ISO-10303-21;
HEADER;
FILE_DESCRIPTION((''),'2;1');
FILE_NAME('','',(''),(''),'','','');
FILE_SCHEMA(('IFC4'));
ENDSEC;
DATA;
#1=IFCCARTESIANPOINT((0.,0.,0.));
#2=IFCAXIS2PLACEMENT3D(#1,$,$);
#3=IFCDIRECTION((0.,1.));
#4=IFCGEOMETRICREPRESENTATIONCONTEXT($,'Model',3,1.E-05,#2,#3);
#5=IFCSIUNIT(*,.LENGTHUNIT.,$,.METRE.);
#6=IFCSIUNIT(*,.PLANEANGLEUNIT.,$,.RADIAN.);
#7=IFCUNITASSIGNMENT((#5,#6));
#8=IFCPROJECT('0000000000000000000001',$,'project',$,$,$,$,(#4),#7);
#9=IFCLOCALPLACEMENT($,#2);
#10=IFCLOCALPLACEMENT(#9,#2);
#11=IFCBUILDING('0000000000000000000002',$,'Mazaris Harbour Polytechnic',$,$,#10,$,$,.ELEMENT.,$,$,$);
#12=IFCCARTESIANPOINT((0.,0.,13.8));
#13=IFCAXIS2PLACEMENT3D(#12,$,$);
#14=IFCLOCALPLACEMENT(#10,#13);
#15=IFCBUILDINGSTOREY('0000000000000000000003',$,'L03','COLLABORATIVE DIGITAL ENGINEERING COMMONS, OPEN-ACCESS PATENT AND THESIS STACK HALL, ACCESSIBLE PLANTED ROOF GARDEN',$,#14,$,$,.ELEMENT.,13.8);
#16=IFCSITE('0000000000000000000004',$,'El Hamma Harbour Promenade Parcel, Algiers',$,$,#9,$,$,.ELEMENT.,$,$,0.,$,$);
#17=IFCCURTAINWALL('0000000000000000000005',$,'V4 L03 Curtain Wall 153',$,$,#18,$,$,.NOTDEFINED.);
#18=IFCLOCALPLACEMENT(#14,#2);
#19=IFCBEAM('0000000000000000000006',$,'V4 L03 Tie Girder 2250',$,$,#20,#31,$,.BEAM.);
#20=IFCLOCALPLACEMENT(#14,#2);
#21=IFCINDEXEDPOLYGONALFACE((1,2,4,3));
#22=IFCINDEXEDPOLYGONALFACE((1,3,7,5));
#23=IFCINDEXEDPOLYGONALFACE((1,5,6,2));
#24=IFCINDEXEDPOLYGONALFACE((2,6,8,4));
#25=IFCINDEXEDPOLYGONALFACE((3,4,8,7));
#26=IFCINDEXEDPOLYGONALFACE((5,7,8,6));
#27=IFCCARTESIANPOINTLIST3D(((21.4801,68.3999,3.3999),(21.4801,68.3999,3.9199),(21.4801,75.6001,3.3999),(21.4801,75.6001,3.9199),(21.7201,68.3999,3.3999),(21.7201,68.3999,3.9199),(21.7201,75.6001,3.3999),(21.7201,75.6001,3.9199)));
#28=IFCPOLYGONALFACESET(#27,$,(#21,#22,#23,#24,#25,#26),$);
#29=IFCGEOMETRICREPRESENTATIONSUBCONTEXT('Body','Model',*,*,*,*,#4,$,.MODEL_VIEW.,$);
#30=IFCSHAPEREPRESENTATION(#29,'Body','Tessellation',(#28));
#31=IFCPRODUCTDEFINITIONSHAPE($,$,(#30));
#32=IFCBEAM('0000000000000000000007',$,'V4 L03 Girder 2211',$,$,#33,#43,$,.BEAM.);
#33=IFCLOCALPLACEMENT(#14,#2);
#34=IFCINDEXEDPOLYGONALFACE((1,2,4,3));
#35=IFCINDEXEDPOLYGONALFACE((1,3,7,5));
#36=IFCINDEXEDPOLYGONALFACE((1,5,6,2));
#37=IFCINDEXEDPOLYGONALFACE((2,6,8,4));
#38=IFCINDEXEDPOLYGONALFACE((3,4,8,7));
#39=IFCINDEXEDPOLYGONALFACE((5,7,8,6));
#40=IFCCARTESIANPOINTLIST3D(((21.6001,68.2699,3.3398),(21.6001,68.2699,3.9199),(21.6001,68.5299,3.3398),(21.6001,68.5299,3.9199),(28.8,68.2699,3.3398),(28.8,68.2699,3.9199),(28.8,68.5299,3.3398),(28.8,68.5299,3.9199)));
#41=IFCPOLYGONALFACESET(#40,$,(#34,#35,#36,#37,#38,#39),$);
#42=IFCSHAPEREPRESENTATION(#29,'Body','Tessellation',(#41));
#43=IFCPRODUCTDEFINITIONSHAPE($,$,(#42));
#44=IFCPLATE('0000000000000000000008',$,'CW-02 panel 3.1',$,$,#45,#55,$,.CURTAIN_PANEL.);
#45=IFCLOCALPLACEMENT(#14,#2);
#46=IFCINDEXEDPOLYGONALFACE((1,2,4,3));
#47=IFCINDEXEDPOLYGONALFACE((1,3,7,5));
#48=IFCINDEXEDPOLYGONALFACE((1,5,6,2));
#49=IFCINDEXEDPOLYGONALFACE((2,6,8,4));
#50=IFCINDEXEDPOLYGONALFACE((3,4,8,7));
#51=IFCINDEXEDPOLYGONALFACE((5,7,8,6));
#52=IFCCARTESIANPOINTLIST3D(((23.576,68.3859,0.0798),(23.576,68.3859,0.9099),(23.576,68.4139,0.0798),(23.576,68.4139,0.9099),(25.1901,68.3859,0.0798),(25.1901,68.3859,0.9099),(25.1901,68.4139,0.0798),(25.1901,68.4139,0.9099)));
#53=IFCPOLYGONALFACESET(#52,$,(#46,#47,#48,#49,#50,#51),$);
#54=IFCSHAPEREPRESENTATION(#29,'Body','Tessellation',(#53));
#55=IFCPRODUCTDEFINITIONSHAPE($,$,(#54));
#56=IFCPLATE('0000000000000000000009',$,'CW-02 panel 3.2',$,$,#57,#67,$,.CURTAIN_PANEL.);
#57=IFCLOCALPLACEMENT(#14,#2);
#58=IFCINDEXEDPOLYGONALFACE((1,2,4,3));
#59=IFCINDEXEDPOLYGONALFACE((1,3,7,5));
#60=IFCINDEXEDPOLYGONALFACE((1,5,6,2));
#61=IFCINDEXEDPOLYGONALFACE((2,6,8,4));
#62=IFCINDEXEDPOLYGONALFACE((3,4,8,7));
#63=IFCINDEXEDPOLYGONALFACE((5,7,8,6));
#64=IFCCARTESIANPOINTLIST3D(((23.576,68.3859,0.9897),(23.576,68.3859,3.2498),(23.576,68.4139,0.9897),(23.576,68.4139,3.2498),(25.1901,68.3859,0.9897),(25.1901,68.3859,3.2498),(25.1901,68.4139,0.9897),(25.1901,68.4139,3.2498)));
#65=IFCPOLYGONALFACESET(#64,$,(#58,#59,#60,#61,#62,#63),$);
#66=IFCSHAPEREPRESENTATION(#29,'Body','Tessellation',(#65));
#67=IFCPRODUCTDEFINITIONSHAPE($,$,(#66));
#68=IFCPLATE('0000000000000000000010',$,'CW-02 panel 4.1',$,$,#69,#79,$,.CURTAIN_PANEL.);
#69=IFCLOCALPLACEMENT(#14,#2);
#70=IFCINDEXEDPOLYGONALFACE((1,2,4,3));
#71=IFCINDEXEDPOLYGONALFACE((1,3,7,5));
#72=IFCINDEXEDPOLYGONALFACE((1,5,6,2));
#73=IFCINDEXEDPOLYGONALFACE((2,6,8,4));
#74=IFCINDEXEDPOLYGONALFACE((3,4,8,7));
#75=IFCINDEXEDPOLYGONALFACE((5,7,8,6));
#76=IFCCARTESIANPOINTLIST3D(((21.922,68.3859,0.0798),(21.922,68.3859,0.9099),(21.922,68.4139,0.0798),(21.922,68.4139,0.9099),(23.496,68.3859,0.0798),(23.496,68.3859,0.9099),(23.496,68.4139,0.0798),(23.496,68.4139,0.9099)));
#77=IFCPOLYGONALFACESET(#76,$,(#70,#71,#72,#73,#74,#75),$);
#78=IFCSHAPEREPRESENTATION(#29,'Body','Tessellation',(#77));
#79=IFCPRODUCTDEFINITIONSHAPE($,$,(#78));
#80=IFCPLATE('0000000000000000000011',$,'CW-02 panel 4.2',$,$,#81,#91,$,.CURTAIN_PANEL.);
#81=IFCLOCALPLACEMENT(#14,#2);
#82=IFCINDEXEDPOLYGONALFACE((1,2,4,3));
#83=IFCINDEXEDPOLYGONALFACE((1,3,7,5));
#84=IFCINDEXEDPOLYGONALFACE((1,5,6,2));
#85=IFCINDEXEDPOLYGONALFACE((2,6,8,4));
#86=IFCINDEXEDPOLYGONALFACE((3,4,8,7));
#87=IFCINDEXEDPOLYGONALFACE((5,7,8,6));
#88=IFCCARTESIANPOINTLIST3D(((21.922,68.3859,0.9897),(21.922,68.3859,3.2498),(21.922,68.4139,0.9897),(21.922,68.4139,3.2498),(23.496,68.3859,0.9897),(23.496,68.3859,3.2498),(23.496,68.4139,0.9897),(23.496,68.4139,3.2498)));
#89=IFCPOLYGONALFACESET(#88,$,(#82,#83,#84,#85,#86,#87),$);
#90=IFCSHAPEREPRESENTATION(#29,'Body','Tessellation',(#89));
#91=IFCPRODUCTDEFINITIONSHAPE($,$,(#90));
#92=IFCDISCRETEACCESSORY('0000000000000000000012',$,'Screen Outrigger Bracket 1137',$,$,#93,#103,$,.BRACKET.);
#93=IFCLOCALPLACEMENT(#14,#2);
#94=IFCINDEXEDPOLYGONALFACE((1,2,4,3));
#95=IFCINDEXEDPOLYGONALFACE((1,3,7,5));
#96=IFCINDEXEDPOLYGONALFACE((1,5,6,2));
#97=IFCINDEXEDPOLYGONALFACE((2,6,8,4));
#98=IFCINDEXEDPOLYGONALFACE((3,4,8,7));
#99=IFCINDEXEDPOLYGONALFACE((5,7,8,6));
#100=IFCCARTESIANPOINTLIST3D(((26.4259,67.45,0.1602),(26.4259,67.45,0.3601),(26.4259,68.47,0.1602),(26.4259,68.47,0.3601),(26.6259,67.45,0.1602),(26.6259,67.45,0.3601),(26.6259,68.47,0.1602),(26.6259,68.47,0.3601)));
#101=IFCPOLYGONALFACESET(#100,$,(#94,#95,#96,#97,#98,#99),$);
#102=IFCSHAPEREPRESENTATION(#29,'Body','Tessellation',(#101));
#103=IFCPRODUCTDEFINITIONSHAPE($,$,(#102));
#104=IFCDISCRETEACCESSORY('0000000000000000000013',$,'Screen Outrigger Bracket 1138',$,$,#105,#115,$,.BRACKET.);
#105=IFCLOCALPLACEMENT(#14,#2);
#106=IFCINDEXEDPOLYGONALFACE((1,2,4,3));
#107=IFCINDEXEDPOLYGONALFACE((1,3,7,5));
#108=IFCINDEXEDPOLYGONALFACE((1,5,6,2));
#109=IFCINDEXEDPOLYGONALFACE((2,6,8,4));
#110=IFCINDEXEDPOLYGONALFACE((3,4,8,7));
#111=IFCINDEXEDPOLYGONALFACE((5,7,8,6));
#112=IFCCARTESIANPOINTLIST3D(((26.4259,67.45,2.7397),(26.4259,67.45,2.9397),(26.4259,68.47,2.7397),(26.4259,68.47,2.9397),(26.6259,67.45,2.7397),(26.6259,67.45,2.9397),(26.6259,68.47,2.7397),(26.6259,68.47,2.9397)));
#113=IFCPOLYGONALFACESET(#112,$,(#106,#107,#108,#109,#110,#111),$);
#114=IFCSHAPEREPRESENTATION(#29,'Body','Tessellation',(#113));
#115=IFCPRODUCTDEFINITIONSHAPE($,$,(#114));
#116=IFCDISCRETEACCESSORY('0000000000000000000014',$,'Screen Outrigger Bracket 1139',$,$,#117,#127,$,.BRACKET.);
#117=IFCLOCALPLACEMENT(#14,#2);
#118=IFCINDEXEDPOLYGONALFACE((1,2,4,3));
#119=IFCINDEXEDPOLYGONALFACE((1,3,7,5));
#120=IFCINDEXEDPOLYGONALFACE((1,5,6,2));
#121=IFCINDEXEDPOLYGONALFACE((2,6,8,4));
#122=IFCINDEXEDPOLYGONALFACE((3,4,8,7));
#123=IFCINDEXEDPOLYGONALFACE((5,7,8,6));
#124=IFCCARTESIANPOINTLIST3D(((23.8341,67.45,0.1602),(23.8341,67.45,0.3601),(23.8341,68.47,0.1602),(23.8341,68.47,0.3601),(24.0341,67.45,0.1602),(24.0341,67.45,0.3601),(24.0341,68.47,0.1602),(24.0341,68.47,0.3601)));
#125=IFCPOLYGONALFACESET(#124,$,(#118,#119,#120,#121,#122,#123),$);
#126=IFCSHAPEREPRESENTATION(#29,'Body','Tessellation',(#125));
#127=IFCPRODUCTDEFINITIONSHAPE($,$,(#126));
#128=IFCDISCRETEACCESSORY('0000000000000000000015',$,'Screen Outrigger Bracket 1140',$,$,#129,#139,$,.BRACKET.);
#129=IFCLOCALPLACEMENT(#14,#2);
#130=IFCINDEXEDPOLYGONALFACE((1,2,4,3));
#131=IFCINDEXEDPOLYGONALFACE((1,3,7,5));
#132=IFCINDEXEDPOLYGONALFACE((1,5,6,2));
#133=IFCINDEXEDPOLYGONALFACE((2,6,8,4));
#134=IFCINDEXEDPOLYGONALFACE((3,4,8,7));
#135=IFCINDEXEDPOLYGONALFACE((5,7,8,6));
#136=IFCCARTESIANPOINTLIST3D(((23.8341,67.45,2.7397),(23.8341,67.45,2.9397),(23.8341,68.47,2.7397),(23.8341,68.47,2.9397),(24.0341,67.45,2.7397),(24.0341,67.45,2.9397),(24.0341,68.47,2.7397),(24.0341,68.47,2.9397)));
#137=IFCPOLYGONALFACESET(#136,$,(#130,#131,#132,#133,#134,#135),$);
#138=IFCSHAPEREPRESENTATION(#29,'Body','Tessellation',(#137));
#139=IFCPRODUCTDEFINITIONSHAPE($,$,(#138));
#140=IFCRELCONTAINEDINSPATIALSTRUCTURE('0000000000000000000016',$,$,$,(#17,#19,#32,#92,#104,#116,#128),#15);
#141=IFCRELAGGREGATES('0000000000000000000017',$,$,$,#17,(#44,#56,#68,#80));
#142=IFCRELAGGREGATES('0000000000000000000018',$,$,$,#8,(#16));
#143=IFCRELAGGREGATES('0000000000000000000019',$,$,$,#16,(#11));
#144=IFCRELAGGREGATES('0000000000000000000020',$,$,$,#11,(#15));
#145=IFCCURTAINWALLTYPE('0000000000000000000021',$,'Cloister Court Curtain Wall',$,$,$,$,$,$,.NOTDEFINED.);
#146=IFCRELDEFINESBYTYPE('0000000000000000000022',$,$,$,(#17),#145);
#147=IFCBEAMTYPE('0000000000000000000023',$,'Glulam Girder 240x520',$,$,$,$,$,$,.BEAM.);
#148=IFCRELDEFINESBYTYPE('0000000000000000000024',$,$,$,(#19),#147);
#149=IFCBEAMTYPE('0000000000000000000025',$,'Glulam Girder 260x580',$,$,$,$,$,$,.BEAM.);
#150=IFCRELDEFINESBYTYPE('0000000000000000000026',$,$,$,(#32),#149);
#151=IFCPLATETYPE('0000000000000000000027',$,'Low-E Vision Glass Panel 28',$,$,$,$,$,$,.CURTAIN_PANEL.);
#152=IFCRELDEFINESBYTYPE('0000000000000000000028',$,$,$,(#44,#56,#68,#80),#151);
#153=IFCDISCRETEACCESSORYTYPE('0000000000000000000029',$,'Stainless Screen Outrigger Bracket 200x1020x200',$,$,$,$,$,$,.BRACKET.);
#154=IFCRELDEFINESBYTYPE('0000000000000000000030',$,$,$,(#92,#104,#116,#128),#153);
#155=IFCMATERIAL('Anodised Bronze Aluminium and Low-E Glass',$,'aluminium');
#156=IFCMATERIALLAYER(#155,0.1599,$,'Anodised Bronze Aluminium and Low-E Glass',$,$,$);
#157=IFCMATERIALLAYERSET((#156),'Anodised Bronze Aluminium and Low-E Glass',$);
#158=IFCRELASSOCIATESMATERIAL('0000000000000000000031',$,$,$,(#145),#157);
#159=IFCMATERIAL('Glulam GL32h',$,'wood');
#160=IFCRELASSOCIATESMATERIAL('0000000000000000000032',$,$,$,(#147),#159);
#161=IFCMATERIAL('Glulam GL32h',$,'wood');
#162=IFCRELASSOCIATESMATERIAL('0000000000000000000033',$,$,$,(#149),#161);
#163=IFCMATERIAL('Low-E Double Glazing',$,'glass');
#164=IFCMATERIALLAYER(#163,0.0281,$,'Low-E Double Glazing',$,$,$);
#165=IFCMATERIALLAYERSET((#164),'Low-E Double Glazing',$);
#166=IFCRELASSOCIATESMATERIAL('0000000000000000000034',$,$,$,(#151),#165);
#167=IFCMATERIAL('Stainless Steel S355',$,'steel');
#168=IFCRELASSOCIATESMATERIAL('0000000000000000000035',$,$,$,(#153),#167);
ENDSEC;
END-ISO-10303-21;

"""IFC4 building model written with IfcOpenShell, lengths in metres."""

from ifc_helpers import new_model, si_unit, direction, frame, origin, origin_2d, place, context, subcontext, project, spatial, rectangle, extrude, material, layer, layer_set, material_profile, profile_set, type_object, element, aggregate, save


model = new_model("IFC4")

# Units and contexts
model_context = context("Model", 3, precision=1e-05, world=origin(), true_north=direction((0.0, 1.0)))
body_context = subcontext(model_context, "Body", "Model", "MODEL_VIEW")
ifc_project = project(units=[si_unit("LENGTHUNIT", "METRE"), si_unit("PLANEANGLEUNIT", "RADIAN")], contexts=[model_context])

# Site, building, storey
site_placement = place(None, origin())
site = spatial("IfcSite", under=ifc_project, at=site_placement, Name="El Hamma Harbour Promenade Parcel, Algiers", CompositionType="ELEMENT", RefElevation=0.0)
building_placement = place(site_placement, origin())
building = spatial("IfcBuilding", under=site, at=building_placement, Name="Mazaris Harbour Polytechnic", CompositionType="ELEMENT")
storey_placement = place(building_placement, frame((0.0, 0.0, 13.8)))
storey = spatial("IfcBuildingStorey", under=building, at=storey_placement, Name="L03", Description="COLLABORATIVE DIGITAL ENGINEERING COMMONS, OPEN-ACCESS PATENT AND THESIS STACK HALL, ACCESSIBLE PLANTED ROOF GARDEN", CompositionType="ELEMENT", Elevation=13.8)

# Shared definitions
ifc_material_1 = material(Name="Anodised Bronze Aluminium and Low-E Glass", Category="aluminium")
ifc_layer_1 = layer(ifc_material_1, 0.1599, Name="Anodised Bronze Aluminium and Low-E Glass")
ifc_layer_set_1 = layer_set([ifc_layer_1], Name="Anodised Bronze Aluminium and Low-E Glass")
curtain_wall_type = type_object("IfcCurtainWallType", Name="Cloister Court Curtain Wall", PredefinedType="NOTDEFINED", material=ifc_layer_set_1)

# Curtain wall
curtain_wall_1_placement = place(storey_placement, origin())
curtain_wall_1 = element("IfcCurtainWall", 1, at=curtain_wall_1_placement, inside=storey, type_object=curtain_wall_type, Name="V4 L03 Curtain Wall 153", PredefinedType="NOTDEFINED")

# Beams
ifc_material_2 = material(Name="Glulam GL32h", Category="wood")
ifc_material_profile_1 = material_profile(ifc_material_2, rectangle(XDim=0.24, YDim=0.52, at=origin_2d()), Name="RECT240x520")
ifc_profile_set_1 = profile_set([ifc_material_profile_1], Name="Glulam GL32h")
beam_type_1 = type_object("IfcBeamType", Name="Glulam Girder 240x520", PredefinedType="BEAM", material=ifc_profile_set_1)
beam_1_placement = place(storey_placement, frame((21.6001, 68.3999, 3.6599), z_axis=(0.0, 1.0, 0.0), x_axis=(-1.0, 0.0, 0.0)))
element("IfcBeam", 2, at=beam_1_placement, inside=storey, type_object=beam_type_1, Name="V4 L03 Tie Girder 2250", PredefinedType="BEAM", context=body_context, shape_type="SweptSolid", body=[
    extrude(rectangle(XDim=0.24, YDim=0.52, at=origin_2d()), origin(), (0.0, 0.0, 1.0), 7.2002),
])
ifc_material_3 = material(Name="Glulam GL32h", Category="wood")
ifc_material_profile_2 = material_profile(ifc_material_3, rectangle(XDim=0.26, YDim=0.5801, at=origin_2d()), Name="RECT260x580")
ifc_profile_set_2 = profile_set([ifc_material_profile_2], Name="Glulam GL32h")
beam_type_2 = type_object("IfcBeamType", Name="Glulam Girder 260x580", PredefinedType="BEAM", material=ifc_profile_set_2)
beam_2_placement = place(storey_placement, frame((21.6001, 68.3999, 3.6299), z_axis=(1.0, 0.0, 0.0), x_axis=(0.0, 1.0, 0.0)))
element("IfcBeam", 3, at=beam_2_placement, inside=storey, type_object=beam_type_2, Name="V4 L03 Girder 2211", PredefinedType="BEAM", context=body_context, shape_type="SweptSolid", body=[
    extrude(rectangle(XDim=0.26, YDim=0.5801, at=origin_2d()), origin(), (0.0, 0.0, 1.0), 7.2),
])

# Plates
ifc_material_4 = material(Name="Low-E Double Glazing", Category="glass")
ifc_layer_2 = layer(ifc_material_4, 0.0281, Name="Low-E Double Glazing")
ifc_layer_set_2 = layer_set([ifc_layer_2], Name="Low-E Double Glazing")
plate_type = type_object("IfcPlateType", Name="Low-E Vision Glass Panel 28", PredefinedType="CURTAIN_PANEL", material=ifc_layer_set_2)
plate_1_placement = place(storey_placement, frame((24.3831, 68.3999, 0.0798), z_axis=(0.0, 0.0, 1.0), x_axis=(-1.0, 0.0, 0.0)))
plate_1 = element("IfcPlate", 4, at=plate_1_placement, type_object=plate_type, Name="CW-02 panel 3.1", PredefinedType="CURTAIN_PANEL", context=body_context, shape_type="SweptSolid", body=[
    extrude(rectangle(XDim=1.614, YDim=0.0281, at=origin_2d()), origin(), (0.0, 0.0, 1.0), 0.8301),
])
plate_2_placement = place(storey_placement, frame((24.3831, 68.3999, 0.9897), z_axis=(0.0, 0.0, 1.0), x_axis=(-1.0, 0.0, 0.0)))
plate_2 = element("IfcPlate", 5, at=plate_2_placement, type_object=plate_type, Name="CW-02 panel 3.2", PredefinedType="CURTAIN_PANEL", context=body_context, shape_type="SweptSolid", body=[
    extrude(rectangle(XDim=1.614, YDim=0.0281, at=origin_2d()), origin(), (0.0, 0.0, 1.0), 2.26),
])
plate_3_placement = place(storey_placement, frame((22.709, 68.3999, 0.0798), z_axis=(0.0, 0.0, 1.0), x_axis=(-1.0, 0.0, 0.0)))
plate_3 = element("IfcPlate", 6, at=plate_3_placement, type_object=plate_type, Name="CW-02 panel 4.1", PredefinedType="CURTAIN_PANEL", context=body_context, shape_type="SweptSolid", body=[
    extrude(rectangle(XDim=1.574, YDim=0.0281, at=origin_2d()), origin(), (0.0, 0.0, 1.0), 0.8301),
])
plate_4_placement = place(storey_placement, frame((22.709, 68.3999, 0.9897), z_axis=(0.0, 0.0, 1.0), x_axis=(-1.0, 0.0, 0.0)))
plate_4 = element("IfcPlate", 7, at=plate_4_placement, type_object=plate_type, Name="CW-02 panel 4.2", PredefinedType="CURTAIN_PANEL", context=body_context, shape_type="SweptSolid", body=[
    extrude(rectangle(XDim=1.574, YDim=0.0281, at=origin_2d()), origin(), (0.0, 0.0, 1.0), 2.26),
])
aggregate(curtain_wall_1, [plate_1, plate_2, plate_3, plate_4])

# Discrete accessories
ifc_material_5 = material(Name="Stainless Steel S355", Category="steel")
discrete_accessory_type = type_object("IfcDiscreteAccessoryType", Name="Stainless Screen Outrigger Bracket 200x1020x200", PredefinedType="BRACKET", material=ifc_material_5)
for number, where, z_axis, x_axis, name in (
    (8, (26.5259, 67.96, 0.1602), (0.0, 0.0, 1.0), (-1.0, 0.0, 0.0), "Screen Outrigger Bracket 1137"),
    (9, (26.5259, 67.96, 2.7397), (0.0, 0.0, 1.0), (-1.0, 0.0, 0.0), "Screen Outrigger Bracket 1138"),
    (10, (23.9341, 67.96, 0.1602), (0.0, 0.0, 1.0), (-1.0, 0.0, 0.0), "Screen Outrigger Bracket 1139"),
    (11, (23.9341, 67.96, 2.7397), (0.0, 0.0, 1.0), (-1.0, 0.0, 0.0), "Screen Outrigger Bracket 1140"),
):
    element("IfcDiscreteAccessory", number, at=place(storey_placement, frame(where, z_axis=z_axis, x_axis=x_axis)), inside=storey, type_object=discrete_accessory_type, Name=name, PredefinedType="BRACKET", context=body_context, shape_type="SweptSolid", body=[
        extrude(rectangle(XDim=0.2, YDim=1.02, at=origin_2d()), origin(), (0.0, 0.0, 1.0), 0.2),
    ])

save(model, "model.ifc")
